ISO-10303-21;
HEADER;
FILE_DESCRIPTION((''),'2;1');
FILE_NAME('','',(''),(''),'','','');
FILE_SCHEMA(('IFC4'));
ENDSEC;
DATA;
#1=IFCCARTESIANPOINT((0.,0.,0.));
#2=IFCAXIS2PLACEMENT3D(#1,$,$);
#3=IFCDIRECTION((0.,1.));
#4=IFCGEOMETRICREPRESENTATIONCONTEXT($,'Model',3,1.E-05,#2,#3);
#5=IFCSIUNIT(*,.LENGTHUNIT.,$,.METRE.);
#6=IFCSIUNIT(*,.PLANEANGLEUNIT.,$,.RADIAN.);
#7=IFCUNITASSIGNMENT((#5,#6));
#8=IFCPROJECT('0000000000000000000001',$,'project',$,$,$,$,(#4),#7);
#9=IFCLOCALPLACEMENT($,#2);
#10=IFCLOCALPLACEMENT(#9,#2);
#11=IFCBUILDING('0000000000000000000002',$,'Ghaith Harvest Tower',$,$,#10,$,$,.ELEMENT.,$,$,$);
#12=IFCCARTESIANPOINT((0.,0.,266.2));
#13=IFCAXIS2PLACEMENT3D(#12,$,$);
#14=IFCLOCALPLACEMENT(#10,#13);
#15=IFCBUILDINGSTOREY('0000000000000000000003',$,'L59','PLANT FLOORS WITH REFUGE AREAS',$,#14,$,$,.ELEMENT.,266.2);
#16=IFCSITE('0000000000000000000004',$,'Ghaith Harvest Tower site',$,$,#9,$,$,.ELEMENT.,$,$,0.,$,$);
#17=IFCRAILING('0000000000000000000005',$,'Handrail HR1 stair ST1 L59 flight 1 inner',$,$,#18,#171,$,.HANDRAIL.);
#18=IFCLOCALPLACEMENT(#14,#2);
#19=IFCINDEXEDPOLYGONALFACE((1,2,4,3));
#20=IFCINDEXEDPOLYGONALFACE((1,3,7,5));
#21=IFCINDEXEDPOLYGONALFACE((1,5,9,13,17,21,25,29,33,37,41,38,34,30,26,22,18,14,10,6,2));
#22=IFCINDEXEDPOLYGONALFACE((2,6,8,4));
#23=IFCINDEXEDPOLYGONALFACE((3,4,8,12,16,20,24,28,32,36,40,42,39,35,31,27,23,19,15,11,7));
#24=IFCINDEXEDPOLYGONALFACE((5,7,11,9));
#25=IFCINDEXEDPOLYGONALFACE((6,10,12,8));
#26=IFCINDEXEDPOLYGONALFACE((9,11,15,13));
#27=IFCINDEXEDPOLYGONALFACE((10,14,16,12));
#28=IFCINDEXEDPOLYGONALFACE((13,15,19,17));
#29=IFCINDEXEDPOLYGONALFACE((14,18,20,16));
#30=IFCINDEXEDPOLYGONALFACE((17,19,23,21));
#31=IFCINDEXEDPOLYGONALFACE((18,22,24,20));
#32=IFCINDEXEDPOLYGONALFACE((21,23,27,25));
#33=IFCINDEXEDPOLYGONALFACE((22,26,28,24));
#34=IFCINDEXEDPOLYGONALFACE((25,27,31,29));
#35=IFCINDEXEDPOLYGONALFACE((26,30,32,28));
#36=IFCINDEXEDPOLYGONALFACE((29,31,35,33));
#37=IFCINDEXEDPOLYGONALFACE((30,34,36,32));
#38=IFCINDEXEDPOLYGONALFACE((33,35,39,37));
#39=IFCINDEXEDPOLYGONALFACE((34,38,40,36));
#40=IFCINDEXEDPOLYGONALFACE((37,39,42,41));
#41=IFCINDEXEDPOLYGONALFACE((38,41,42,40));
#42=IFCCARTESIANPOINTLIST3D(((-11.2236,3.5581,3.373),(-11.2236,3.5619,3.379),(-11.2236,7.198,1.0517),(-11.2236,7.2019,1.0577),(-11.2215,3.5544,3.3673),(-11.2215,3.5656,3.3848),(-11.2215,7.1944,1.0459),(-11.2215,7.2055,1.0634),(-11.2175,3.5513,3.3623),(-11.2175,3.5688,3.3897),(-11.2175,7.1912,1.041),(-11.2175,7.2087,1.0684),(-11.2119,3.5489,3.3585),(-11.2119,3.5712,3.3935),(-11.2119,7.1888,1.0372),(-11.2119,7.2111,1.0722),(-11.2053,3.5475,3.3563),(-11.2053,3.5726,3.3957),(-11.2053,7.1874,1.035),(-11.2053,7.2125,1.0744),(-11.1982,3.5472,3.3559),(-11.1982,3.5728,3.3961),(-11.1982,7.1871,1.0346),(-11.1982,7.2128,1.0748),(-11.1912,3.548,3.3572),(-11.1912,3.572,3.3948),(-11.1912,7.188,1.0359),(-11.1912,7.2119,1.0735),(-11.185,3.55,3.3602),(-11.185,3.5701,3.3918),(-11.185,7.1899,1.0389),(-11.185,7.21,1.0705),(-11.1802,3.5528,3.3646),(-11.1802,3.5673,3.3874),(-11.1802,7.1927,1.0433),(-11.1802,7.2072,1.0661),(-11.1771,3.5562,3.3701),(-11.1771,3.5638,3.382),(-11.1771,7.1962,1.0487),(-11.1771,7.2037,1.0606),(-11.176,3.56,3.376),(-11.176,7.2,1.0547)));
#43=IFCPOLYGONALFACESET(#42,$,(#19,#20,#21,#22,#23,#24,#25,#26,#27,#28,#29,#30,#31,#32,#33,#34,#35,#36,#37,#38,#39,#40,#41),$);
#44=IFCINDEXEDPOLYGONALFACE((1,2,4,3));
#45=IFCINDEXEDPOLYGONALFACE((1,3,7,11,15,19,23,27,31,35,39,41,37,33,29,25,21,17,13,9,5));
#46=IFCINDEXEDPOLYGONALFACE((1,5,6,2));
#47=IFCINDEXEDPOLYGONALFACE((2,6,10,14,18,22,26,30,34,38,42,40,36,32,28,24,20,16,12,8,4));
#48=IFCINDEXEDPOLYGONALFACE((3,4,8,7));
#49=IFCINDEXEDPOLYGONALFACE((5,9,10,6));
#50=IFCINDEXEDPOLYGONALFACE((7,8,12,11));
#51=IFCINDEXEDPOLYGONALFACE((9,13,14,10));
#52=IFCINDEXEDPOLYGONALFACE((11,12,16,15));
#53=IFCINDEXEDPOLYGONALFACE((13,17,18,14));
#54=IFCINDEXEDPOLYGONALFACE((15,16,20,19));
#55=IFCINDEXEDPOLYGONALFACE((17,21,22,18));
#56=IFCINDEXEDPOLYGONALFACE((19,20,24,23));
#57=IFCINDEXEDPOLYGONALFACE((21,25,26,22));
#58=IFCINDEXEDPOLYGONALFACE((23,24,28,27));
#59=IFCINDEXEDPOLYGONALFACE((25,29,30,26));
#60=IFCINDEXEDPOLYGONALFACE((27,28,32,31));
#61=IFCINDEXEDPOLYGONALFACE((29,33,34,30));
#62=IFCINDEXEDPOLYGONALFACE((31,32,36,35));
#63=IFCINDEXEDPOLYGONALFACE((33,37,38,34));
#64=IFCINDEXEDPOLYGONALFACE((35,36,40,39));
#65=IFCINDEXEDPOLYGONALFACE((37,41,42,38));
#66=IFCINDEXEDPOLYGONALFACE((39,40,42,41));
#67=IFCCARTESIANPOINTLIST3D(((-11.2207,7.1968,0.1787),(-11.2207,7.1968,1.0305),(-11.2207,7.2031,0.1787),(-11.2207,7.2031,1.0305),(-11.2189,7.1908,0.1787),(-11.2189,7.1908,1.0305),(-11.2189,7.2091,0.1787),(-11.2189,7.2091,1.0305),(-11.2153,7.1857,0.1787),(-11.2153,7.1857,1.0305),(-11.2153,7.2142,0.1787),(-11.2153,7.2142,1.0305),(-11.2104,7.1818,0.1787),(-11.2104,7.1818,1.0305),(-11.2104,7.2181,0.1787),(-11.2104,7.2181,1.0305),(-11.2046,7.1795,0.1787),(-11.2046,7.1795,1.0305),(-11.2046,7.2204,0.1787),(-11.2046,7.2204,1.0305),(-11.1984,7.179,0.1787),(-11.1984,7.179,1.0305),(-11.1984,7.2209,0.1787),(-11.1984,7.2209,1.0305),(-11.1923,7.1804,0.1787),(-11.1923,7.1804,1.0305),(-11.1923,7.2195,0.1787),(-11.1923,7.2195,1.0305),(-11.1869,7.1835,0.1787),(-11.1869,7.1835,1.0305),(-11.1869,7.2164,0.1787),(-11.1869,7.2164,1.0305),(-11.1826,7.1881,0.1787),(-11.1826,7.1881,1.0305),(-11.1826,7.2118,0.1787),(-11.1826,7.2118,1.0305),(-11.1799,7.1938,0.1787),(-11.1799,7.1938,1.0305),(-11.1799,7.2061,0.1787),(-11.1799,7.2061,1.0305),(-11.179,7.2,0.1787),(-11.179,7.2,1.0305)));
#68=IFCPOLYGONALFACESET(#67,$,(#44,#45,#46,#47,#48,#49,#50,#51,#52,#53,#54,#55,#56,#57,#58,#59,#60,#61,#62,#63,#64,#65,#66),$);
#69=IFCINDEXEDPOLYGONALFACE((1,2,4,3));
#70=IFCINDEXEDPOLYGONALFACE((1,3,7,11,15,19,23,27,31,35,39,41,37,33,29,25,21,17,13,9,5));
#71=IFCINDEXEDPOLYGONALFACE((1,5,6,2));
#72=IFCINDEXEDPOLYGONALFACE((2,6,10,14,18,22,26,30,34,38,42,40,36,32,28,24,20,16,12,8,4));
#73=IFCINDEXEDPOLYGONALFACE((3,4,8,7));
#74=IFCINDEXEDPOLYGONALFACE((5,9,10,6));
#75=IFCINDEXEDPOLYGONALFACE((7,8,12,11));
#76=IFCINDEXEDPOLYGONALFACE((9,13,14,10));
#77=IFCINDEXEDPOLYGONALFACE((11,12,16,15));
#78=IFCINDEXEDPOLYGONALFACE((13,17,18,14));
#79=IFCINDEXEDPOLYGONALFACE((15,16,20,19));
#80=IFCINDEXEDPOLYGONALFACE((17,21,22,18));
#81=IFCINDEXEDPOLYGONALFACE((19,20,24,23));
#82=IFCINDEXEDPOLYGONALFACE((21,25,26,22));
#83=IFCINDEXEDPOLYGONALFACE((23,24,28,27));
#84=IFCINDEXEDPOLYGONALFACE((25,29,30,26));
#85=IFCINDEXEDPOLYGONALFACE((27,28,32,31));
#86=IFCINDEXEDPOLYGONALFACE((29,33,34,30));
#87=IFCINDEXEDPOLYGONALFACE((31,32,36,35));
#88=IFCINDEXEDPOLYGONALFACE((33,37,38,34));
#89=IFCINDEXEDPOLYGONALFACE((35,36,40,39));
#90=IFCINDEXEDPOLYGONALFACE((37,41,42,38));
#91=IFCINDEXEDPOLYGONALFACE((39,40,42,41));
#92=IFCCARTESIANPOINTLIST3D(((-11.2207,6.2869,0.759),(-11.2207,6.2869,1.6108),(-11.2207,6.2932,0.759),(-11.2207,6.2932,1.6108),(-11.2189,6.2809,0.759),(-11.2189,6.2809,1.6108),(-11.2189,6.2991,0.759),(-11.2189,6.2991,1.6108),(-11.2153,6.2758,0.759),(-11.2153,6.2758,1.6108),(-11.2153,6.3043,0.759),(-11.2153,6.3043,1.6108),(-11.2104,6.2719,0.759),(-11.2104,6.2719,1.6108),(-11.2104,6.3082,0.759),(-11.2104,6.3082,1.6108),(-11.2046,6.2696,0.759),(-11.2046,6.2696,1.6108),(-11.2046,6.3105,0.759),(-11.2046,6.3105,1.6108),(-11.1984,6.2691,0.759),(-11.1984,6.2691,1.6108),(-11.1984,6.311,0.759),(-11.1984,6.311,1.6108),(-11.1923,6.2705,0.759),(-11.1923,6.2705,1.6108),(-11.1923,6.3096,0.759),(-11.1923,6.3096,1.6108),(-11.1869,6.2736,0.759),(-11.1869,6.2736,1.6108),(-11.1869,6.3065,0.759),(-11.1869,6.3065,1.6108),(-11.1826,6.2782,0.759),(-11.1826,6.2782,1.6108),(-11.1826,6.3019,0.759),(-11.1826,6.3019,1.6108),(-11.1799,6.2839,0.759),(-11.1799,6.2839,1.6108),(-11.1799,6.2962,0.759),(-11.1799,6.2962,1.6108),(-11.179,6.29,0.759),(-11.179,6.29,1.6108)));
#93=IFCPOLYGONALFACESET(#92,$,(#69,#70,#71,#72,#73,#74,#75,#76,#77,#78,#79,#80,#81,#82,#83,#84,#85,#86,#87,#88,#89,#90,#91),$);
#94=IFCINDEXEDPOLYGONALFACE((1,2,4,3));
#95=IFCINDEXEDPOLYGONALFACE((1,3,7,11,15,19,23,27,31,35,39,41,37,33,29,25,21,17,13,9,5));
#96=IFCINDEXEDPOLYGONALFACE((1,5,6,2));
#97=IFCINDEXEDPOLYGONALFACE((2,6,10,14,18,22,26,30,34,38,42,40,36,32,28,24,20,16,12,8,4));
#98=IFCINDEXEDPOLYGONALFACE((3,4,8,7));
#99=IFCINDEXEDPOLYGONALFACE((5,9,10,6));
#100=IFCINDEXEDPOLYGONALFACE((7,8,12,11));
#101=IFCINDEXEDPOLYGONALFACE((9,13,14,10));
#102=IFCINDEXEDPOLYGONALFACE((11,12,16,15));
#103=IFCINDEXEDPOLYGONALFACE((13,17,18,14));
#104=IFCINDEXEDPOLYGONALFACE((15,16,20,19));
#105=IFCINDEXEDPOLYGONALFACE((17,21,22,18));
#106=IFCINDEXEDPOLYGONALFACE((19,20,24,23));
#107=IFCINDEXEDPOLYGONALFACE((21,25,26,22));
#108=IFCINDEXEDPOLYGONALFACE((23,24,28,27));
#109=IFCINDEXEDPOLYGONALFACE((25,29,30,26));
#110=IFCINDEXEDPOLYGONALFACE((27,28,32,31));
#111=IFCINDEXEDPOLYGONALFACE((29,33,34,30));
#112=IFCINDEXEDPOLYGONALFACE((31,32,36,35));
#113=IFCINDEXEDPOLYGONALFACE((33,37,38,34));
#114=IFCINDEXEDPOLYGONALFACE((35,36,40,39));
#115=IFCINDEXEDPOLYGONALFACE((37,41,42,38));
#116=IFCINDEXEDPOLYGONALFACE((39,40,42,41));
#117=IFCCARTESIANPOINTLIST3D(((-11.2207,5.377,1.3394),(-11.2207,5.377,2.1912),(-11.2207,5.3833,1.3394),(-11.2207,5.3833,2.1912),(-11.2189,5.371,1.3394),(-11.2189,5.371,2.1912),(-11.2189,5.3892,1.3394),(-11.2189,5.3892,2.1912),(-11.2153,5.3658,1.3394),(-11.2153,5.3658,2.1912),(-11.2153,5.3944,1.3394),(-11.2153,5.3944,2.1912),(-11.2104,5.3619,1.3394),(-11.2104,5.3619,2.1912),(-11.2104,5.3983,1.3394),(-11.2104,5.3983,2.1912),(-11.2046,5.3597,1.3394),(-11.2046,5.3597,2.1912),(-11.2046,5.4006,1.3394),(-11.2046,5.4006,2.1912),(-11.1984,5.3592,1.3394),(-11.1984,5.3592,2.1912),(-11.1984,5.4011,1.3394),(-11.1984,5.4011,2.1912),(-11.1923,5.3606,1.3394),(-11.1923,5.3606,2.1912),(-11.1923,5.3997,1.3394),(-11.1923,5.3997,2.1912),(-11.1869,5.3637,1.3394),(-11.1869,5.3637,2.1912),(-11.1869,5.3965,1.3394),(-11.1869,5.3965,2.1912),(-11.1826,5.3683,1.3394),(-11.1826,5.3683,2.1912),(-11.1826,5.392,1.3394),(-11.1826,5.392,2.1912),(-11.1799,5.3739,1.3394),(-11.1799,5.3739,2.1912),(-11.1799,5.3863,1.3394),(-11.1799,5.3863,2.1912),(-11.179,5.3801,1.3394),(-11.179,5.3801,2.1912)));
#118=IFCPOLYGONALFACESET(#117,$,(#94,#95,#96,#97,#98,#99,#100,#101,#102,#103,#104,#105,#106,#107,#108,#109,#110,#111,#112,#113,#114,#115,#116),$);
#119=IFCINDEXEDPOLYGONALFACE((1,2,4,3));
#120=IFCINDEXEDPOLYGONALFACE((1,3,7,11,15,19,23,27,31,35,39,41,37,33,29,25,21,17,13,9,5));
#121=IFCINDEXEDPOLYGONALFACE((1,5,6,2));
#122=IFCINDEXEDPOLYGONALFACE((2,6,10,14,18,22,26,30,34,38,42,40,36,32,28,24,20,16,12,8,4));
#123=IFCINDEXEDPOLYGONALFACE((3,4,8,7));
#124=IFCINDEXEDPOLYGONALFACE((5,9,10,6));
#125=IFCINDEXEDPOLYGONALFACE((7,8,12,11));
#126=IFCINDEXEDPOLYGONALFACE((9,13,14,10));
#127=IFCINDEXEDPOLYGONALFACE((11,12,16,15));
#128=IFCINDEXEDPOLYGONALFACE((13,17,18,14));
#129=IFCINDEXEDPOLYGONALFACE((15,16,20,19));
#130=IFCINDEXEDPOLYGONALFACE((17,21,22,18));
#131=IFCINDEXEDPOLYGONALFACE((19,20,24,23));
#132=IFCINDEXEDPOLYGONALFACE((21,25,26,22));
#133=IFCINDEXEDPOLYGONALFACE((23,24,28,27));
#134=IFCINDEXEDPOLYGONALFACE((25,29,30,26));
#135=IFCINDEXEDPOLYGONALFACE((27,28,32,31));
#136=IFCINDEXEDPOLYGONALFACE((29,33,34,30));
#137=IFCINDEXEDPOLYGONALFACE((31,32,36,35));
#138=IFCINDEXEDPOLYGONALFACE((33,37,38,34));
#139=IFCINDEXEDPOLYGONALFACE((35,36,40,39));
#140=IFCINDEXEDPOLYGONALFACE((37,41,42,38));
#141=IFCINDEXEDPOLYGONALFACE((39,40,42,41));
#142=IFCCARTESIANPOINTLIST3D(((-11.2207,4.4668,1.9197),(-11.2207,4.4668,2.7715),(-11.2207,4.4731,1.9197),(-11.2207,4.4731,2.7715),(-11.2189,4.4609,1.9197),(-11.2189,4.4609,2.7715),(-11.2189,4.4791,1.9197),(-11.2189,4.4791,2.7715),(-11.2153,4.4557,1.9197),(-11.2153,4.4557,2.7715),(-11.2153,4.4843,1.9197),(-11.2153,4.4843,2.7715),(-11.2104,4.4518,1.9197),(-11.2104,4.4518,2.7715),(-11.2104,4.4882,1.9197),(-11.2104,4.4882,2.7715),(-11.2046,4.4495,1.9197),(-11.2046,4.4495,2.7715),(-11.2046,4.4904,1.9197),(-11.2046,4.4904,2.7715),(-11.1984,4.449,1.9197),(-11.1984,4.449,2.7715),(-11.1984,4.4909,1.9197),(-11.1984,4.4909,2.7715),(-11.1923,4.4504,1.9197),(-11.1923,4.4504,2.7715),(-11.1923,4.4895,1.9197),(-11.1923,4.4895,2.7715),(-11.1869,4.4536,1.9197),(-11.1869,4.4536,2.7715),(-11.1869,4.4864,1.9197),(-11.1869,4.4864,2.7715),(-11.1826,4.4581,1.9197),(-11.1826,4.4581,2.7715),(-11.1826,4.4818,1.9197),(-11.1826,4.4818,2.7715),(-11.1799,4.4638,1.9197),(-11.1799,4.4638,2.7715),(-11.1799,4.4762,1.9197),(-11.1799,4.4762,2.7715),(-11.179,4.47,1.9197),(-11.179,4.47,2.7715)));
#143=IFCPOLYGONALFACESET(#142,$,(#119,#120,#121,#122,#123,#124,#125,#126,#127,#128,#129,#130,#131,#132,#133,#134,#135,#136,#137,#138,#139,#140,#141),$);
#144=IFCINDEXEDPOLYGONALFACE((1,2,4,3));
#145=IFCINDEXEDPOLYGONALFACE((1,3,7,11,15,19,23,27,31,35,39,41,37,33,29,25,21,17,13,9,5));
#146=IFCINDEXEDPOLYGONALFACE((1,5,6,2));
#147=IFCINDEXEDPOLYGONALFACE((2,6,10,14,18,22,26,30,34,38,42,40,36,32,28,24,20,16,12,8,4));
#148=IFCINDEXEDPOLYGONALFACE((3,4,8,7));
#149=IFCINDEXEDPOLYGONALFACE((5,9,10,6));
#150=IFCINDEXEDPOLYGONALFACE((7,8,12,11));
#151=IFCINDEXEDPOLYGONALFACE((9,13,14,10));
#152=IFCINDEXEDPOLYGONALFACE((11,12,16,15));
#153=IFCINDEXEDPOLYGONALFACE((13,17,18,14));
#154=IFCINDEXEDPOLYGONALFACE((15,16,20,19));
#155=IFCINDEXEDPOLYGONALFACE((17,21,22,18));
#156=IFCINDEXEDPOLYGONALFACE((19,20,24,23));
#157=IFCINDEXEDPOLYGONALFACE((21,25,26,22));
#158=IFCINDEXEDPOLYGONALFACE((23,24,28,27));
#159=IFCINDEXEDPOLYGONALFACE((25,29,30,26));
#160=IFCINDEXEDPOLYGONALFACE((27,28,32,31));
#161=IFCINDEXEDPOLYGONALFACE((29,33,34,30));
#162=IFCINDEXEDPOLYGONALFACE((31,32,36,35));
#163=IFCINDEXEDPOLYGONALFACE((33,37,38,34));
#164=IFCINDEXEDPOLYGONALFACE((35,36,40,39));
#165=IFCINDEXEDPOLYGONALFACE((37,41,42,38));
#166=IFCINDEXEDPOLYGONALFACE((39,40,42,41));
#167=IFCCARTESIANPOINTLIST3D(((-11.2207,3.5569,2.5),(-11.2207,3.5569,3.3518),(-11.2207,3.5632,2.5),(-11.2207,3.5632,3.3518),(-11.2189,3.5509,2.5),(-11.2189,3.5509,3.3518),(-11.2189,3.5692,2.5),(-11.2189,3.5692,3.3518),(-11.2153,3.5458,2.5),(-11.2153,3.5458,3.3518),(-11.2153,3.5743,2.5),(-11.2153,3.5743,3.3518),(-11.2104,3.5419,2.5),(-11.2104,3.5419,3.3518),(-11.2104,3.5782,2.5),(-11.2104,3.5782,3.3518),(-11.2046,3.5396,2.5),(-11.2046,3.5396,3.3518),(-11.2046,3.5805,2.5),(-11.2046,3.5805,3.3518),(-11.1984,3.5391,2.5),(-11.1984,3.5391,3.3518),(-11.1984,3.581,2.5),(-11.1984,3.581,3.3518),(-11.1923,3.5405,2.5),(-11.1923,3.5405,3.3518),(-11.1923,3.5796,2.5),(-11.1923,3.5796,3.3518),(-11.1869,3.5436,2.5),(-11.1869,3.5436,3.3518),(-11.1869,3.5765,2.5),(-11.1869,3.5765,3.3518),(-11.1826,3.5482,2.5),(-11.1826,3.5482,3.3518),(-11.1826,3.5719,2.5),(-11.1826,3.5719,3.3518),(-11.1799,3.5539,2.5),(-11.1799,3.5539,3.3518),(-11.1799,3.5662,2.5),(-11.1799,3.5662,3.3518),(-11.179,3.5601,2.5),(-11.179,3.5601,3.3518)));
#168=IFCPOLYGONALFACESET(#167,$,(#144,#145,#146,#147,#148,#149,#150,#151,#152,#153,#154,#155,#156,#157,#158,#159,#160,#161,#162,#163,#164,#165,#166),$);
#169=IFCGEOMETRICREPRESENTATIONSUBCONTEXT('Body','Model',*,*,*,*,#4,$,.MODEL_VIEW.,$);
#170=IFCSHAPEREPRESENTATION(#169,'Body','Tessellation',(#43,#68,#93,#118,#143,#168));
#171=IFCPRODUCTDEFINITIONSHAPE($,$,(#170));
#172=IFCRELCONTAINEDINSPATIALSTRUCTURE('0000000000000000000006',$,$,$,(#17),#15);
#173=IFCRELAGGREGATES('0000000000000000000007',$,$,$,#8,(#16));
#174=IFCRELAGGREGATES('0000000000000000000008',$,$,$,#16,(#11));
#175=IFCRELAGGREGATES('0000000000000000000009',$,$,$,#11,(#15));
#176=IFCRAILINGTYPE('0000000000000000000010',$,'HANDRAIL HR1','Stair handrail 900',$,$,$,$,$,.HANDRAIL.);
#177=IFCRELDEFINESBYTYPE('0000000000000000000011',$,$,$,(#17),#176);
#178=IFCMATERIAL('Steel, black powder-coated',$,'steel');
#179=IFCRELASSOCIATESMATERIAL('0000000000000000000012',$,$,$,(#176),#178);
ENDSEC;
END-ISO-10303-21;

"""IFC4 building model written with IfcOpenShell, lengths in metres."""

from ifc_helpers import new_model, si_unit, direction, frame, origin, origin_2d, place, context, subcontext, project, spatial, circle, extrude, material, type_object, element, save


model = new_model("IFC4")

# Units and contexts
model_context = context("Model", 3, precision=1e-05, world=origin(), true_north=direction((0.0, 1.0)))
body_context = subcontext(model_context, "Body", "Model", "MODEL_VIEW")
ifc_project = project(units=[si_unit("LENGTHUNIT", "METRE"), si_unit("PLANEANGLEUNIT", "RADIAN")], contexts=[model_context])

# Site, building, storey
site_placement = place(None, origin())
site = spatial("IfcSite", under=ifc_project, at=site_placement, Name="Ghaith Harvest Tower site", CompositionType="ELEMENT", RefElevation=0.0)
building_placement = place(site_placement, origin())
building = spatial("IfcBuilding", under=site, at=building_placement, Name="Ghaith Harvest Tower", CompositionType="ELEMENT")
storey_placement = place(building_placement, frame((0.0, 0.0, 266.2)))
storey = spatial("IfcBuildingStorey", under=building, at=storey_placement, Name="L59", Description="PLANT FLOORS WITH REFUGE AREAS", CompositionType="ELEMENT", Elevation=266.2)

# Railing
ifc_material_1 = material(Name="Steel, black powder-coated", Category="steel")
railing_type = type_object("IfcRailingType", Name="HANDRAIL HR1", Description="Stair handrail 900", PredefinedType="HANDRAIL", material=ifc_material_1)
railing_1_placement = place(storey_placement, frame((-11.2, 7.2, 0.1787)))
element("IfcRailing", 1, at=railing_1_placement, inside=storey, type_object=railing_type, Name="Handrail HR1 stair ST1 L59 flight 1 inner", PredefinedType="HANDRAIL", context=body_context, shape_type="SweptSolid", body=[
    extrude(circle(Radius=0.0239, at=origin_2d()), frame((0.0, 0.0, 0.876), z_axis=(0.0, -0.843137, 0.537699), x_axis=(1.0, 0.0, 0.0)), (0.0, 0.0, 1.0), 4.3171),
    extrude(circle(Radius=0.021, at=origin_2d()), origin(), (0.0, 0.0, 1.0), 0.8518),
    extrude(circle(Radius=0.021, at=origin_2d()), frame((0.0, -0.9099, 0.5803)), (0.0, 0.0, 1.0), 0.8518),
    extrude(circle(Radius=0.021, at=origin_2d()), frame((0.0, -1.8198, 1.1606)), (0.0, 0.0, 1.0), 0.8518),
    extrude(circle(Radius=0.021, at=origin_2d()), frame((0.0, -2.73, 1.741)), (0.0, 0.0, 1.0), 0.8518),
    extrude(circle(Radius=0.021, at=origin_2d()), frame((0.0, -3.6399, 2.3213)), (0.0, 0.0, 1.0), 0.8518),
])

save(model, "model.ifc")
